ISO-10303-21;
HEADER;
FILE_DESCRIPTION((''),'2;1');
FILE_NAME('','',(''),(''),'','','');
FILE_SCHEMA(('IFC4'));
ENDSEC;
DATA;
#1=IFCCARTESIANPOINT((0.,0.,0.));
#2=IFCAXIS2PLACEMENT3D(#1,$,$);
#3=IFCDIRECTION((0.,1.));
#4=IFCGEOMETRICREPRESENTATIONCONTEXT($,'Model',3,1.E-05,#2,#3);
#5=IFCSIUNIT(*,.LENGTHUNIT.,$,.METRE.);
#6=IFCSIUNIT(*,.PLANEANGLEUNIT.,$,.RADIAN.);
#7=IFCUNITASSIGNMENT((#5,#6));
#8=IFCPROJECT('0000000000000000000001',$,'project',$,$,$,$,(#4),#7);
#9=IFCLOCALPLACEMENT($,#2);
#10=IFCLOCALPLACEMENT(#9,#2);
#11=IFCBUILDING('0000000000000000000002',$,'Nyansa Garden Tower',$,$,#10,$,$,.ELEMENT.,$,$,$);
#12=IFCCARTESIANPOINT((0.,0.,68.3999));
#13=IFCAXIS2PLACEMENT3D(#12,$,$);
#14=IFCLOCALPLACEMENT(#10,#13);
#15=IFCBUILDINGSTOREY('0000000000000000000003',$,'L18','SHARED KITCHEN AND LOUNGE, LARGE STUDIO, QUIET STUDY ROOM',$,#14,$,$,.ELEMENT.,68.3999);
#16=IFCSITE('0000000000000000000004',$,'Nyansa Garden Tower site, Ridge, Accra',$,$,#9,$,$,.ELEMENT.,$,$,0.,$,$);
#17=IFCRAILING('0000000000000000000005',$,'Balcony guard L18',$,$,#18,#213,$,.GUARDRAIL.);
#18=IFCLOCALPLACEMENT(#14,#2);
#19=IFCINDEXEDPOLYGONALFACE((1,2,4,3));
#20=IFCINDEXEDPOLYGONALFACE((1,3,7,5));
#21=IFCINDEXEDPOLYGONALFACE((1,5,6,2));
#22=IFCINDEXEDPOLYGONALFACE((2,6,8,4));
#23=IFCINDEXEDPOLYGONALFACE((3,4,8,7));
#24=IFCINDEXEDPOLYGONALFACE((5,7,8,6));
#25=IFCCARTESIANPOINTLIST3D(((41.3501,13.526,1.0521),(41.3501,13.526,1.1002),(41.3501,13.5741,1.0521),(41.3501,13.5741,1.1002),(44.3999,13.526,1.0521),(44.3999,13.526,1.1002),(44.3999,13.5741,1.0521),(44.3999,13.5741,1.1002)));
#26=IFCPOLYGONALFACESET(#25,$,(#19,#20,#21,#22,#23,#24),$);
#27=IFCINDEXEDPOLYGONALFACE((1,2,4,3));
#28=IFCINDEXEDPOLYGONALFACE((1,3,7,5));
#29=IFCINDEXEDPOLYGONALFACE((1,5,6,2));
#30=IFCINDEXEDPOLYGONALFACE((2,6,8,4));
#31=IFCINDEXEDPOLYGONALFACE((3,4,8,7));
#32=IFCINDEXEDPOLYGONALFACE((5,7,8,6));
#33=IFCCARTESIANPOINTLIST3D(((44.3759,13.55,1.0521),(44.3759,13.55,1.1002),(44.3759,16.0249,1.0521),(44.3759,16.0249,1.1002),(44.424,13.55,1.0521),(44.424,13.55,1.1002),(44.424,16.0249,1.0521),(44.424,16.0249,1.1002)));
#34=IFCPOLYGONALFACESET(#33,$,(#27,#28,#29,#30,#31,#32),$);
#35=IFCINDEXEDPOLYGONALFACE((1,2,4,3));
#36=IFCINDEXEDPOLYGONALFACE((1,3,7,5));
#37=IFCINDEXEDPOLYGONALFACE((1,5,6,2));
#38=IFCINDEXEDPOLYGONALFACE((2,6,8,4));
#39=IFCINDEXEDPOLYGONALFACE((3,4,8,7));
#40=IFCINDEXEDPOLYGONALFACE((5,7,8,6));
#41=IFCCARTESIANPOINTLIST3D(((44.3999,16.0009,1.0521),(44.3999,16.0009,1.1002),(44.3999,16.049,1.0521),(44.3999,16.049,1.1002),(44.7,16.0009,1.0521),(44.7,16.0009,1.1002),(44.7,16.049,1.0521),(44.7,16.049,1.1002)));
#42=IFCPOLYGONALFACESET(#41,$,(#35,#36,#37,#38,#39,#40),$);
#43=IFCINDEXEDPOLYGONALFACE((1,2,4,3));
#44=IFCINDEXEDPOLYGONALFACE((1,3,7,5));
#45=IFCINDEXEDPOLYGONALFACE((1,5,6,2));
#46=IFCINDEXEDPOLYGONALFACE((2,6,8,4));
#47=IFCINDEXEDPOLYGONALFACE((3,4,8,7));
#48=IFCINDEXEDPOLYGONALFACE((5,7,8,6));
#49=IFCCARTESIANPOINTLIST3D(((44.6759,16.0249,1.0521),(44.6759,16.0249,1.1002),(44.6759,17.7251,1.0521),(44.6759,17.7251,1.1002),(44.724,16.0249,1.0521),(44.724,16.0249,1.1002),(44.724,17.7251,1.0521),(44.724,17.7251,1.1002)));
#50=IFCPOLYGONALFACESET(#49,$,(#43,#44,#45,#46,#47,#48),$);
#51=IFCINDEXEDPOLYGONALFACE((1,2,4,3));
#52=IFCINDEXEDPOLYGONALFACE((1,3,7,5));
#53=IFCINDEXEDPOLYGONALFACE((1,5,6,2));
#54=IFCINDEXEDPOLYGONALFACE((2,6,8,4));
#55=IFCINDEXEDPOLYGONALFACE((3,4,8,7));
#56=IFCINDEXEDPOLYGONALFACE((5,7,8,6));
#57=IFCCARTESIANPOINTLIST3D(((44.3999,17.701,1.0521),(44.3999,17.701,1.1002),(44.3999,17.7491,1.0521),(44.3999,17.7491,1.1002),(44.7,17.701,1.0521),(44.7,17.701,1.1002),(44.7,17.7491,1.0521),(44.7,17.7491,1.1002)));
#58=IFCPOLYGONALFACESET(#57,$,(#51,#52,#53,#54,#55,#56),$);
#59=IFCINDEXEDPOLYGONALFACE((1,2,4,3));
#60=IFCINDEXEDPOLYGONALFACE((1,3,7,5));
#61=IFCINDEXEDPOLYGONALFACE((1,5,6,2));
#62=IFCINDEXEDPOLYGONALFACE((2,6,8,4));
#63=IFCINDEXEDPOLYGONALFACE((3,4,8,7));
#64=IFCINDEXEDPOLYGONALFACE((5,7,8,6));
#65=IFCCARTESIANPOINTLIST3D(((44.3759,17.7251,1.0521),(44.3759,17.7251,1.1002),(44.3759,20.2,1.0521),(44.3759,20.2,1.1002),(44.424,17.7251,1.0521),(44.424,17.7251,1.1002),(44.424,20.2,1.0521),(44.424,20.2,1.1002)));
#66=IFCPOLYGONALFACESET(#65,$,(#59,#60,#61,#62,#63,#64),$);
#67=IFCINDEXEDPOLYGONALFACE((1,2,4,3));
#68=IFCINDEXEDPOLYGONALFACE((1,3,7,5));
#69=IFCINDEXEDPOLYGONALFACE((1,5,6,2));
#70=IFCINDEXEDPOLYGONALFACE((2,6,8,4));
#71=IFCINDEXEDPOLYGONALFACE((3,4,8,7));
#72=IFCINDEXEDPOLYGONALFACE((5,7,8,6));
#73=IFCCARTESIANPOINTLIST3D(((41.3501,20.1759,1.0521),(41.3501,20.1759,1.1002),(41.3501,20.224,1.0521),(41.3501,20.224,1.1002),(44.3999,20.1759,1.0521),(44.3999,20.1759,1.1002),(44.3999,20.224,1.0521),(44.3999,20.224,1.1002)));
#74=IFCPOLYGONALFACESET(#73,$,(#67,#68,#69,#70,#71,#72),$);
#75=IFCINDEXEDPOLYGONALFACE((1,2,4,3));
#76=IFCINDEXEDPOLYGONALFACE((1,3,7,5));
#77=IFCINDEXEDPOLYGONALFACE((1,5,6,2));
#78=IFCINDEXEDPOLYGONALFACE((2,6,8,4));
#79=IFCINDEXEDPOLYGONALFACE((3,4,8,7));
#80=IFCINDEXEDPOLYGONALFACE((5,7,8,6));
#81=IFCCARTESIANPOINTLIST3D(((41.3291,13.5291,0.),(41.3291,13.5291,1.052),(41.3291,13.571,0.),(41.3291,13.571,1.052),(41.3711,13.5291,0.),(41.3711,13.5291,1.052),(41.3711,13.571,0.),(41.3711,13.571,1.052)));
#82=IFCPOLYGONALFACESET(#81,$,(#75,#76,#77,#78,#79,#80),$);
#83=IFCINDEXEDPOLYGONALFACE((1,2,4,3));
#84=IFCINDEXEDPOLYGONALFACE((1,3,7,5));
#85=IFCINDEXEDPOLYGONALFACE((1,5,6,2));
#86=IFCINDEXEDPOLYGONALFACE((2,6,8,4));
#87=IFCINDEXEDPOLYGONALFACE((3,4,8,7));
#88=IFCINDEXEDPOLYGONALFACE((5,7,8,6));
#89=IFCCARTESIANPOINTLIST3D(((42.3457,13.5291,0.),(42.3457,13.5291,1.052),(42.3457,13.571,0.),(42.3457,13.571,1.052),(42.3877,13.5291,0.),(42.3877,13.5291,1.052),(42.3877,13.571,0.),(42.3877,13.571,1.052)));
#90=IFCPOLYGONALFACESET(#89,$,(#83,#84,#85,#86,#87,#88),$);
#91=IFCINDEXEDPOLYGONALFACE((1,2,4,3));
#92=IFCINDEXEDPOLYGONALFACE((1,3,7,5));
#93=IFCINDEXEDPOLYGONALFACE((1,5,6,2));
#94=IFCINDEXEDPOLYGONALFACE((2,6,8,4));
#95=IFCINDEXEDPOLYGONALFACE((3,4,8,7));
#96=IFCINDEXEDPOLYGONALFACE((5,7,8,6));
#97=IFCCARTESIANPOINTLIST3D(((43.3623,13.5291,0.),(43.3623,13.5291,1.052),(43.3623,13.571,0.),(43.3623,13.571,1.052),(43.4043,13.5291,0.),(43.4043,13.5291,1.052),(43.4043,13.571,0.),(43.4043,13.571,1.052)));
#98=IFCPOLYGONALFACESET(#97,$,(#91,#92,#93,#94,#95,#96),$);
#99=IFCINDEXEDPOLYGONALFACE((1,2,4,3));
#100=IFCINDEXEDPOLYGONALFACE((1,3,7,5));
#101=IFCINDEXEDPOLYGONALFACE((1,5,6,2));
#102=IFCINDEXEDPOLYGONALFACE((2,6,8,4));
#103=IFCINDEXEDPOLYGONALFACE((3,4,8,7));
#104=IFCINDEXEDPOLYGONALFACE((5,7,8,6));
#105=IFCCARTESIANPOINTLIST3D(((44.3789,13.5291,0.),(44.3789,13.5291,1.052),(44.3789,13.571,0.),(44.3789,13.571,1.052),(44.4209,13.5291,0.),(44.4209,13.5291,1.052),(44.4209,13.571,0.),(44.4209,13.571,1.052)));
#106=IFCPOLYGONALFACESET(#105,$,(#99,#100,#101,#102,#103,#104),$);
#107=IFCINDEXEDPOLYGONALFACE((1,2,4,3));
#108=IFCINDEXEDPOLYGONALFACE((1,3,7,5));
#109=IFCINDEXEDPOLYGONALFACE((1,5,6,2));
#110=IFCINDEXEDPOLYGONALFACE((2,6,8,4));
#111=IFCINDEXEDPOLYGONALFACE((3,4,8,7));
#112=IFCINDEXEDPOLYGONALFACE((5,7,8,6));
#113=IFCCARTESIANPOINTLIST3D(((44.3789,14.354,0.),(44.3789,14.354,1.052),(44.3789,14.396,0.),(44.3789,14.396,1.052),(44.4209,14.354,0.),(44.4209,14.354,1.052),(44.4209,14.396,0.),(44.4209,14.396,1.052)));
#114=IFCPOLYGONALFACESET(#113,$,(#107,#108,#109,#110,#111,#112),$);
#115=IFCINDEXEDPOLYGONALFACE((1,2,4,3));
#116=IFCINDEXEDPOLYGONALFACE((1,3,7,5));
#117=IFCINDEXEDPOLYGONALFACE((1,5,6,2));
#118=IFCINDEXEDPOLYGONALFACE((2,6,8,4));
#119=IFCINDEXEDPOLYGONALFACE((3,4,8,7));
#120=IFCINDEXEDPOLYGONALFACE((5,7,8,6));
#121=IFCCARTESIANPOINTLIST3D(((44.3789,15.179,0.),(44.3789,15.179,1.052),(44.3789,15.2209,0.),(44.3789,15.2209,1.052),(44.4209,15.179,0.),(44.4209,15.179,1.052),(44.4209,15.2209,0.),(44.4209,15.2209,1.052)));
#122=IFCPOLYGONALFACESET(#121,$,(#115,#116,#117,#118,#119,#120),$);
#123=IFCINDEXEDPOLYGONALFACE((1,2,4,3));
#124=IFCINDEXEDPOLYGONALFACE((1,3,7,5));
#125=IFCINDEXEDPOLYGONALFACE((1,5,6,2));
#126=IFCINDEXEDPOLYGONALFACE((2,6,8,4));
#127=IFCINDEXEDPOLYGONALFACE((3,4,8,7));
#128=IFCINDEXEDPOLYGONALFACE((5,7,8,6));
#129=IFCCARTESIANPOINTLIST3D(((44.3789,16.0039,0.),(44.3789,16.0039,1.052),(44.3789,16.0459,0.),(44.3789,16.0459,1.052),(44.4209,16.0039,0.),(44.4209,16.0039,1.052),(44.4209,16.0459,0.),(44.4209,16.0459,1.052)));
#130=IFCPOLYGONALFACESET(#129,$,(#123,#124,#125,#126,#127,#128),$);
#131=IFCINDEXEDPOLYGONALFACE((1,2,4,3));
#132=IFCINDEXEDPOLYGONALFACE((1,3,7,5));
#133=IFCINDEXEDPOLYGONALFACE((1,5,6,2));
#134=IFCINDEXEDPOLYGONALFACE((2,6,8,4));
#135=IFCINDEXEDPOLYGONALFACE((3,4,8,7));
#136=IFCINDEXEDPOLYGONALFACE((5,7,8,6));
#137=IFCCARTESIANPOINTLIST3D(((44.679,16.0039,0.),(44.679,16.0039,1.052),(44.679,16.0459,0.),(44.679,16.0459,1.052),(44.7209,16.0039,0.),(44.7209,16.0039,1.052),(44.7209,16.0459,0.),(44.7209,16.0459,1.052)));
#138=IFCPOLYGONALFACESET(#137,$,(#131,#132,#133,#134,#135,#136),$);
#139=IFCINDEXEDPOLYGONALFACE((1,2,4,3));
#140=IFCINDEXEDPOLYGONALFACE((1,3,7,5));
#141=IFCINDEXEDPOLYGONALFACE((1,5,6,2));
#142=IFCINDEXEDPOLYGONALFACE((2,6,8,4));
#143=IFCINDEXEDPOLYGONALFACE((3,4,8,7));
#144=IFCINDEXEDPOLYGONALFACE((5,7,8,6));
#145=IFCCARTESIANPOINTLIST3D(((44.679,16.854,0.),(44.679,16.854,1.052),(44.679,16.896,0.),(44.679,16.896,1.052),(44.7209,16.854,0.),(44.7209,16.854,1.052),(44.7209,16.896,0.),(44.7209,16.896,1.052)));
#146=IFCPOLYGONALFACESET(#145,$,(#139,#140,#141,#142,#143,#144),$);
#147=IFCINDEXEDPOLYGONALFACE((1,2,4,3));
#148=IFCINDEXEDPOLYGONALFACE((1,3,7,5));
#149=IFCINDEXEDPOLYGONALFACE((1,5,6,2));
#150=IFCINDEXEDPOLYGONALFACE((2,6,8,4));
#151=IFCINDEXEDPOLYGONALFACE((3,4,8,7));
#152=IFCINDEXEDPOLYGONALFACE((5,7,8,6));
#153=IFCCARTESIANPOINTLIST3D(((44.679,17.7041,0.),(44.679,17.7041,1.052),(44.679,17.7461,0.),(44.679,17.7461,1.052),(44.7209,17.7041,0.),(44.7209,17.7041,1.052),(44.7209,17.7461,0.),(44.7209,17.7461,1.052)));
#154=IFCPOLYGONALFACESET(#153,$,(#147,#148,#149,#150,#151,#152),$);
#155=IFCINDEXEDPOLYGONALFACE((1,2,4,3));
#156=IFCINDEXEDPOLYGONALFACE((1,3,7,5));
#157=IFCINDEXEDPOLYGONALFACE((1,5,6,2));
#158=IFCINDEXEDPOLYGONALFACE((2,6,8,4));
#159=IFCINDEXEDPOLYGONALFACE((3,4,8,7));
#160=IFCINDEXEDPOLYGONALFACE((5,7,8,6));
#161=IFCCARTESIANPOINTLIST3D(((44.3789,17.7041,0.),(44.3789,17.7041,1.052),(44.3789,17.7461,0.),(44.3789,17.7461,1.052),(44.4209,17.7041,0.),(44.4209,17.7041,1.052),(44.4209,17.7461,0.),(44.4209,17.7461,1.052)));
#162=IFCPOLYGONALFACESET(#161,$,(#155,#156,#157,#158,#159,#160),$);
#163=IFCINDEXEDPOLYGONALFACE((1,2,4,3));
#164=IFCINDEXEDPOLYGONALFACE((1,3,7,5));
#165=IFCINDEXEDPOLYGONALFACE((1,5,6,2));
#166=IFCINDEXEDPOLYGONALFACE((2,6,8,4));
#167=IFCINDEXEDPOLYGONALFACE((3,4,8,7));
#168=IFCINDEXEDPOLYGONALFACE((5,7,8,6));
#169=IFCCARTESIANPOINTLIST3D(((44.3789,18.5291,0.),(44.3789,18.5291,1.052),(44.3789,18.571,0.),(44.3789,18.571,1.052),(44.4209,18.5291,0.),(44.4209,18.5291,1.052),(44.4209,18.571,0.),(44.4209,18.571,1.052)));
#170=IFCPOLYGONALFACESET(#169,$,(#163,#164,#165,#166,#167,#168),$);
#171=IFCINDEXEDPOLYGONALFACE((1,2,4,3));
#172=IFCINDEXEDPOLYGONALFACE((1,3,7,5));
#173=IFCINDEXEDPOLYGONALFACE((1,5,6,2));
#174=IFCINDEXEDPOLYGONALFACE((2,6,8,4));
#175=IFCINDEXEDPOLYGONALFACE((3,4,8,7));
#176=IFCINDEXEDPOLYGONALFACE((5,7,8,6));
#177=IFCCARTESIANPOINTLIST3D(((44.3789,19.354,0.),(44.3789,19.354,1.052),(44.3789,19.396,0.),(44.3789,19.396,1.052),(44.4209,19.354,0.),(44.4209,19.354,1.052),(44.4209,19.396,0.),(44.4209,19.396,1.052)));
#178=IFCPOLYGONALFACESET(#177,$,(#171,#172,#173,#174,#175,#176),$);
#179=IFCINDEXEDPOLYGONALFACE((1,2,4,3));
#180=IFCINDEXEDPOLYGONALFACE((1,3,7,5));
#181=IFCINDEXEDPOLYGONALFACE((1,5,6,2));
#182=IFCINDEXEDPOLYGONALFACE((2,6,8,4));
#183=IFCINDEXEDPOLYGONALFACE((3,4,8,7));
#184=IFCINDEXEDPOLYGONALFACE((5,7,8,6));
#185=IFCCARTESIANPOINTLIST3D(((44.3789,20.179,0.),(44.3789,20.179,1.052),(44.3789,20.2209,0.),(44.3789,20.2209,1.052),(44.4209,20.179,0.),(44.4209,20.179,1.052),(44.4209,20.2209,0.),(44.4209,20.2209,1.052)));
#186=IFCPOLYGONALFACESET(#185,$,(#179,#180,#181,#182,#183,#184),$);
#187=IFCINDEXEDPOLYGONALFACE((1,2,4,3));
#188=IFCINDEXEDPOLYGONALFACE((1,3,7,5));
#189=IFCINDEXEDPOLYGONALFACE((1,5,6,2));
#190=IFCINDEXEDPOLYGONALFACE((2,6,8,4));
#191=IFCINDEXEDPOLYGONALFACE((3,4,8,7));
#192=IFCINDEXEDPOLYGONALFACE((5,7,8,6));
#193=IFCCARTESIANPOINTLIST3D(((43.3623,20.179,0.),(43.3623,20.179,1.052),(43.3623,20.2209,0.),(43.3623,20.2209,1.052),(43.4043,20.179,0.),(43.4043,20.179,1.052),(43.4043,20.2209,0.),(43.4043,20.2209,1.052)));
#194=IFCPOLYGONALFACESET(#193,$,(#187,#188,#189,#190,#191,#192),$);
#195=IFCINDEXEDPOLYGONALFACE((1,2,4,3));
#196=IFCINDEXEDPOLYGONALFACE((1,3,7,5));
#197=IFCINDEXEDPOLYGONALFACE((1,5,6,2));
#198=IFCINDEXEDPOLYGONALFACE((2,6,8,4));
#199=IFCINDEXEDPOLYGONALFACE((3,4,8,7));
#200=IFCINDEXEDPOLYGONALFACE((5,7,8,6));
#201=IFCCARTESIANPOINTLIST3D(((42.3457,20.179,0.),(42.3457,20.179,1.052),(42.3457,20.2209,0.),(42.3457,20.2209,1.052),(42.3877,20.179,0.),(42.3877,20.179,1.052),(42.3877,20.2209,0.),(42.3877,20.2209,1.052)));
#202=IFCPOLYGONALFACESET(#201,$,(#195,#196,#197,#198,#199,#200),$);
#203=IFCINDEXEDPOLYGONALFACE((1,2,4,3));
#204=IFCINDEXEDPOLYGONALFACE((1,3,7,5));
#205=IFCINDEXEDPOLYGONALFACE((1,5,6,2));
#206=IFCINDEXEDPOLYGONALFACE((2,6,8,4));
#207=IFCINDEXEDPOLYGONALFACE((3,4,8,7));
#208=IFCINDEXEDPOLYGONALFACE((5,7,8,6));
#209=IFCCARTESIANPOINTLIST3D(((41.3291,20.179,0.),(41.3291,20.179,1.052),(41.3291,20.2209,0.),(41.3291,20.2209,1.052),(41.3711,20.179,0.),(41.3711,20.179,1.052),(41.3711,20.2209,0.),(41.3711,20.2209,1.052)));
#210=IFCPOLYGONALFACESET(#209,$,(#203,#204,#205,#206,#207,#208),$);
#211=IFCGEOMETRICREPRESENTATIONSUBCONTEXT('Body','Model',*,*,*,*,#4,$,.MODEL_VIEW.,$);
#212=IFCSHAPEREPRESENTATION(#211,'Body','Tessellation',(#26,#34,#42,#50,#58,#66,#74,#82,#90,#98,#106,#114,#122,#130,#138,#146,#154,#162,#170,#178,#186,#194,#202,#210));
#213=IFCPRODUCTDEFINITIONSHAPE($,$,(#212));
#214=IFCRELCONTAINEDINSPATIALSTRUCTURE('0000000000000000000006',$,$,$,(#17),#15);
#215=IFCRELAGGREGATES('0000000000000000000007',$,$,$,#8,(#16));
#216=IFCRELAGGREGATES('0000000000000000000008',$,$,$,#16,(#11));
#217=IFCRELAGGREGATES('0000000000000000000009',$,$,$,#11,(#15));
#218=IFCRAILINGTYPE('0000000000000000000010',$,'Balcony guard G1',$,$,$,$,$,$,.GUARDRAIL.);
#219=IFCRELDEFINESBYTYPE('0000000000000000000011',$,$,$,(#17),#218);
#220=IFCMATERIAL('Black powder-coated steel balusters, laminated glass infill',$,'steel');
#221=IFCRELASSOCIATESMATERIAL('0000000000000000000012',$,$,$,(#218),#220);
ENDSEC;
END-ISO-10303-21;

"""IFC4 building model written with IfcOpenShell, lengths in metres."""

from ifc_helpers import new_model, si_unit, direction, frame, origin, origin_2d, place, context, subcontext, project, spatial, rectangle, extrude, material, type_object, element, save


model = new_model("IFC4")

# Units and contexts
model_context = context("Model", 3, precision=1e-05, world=origin(), true_north=direction((0.0, 1.0)))
body_context = subcontext(model_context, "Body", "Model", "MODEL_VIEW")
ifc_project = project(units=[si_unit("LENGTHUNIT", "METRE"), si_unit("PLANEANGLEUNIT", "RADIAN")], contexts=[model_context])

# Site, building, storey
site_placement = place(None, origin())
site = spatial("IfcSite", under=ifc_project, at=site_placement, Name="Nyansa Garden Tower site, Ridge, Accra", CompositionType="ELEMENT", RefElevation=0.0)
building_placement = place(site_placement, origin())
building = spatial("IfcBuilding", under=site, at=building_placement, Name="Nyansa Garden Tower", CompositionType="ELEMENT")
storey_placement = place(building_placement, frame((0.0, 0.0, 68.3999)))
storey = spatial("IfcBuildingStorey", under=building, at=storey_placement, Name="L18", Description="SHARED KITCHEN AND LOUNGE, LARGE STUDIO, QUIET STUDY ROOM", CompositionType="ELEMENT", Elevation=68.3999)

# Railing
ifc_material_1 = material(Name="Black powder-coated steel balusters, laminated glass infill", Category="steel")
railing_type = type_object("IfcRailingType", Name="Balcony guard G1", PredefinedType="GUARDRAIL", material=ifc_material_1)
railing_placement = place(storey_placement, frame((41.3501, 13.55, 0.0)))
element("IfcRailing", 1, at=railing_placement, inside=storey, type_object=railing_type, Name="Balcony guard L18", PredefinedType="GUARDRAIL", context=body_context, shape_type="SweptSolid", body=[
    extrude(rectangle(XDim=0.0481, YDim=0.0481, at=origin_2d()), frame((0.0, 0.0, 1.0762), z_axis=(1.0, 0.0, 0.0), x_axis=(0.0, 1.0, 0.0)), (0.0, 0.0, 1.0), 3.0498),
    extrude(rectangle(XDim=0.0481, YDim=0.0481, at=origin_2d()), frame((3.0498, 0.0, 1.0762), z_axis=(0.0, 1.0, 0.0), x_axis=(-1.0, 0.0, 0.0)), (0.0, 0.0, 1.0), 2.4749),
    extrude(rectangle(XDim=0.0481, YDim=0.0481, at=origin_2d()), frame((3.0498, 2.4749, 1.0762), z_axis=(1.0, 0.0, 0.0), x_axis=(0.0, 1.0, 0.0)), (0.0, 0.0, 1.0), 0.3),
    extrude(rectangle(XDim=0.0481, YDim=0.0481, at=origin_2d()), frame((3.3499, 2.4749, 1.0762), z_axis=(0.0, 1.0, 0.0), x_axis=(-1.0, 0.0, 0.0)), (0.0, 0.0, 1.0), 1.7002),
    extrude(rectangle(XDim=0.0481, YDim=0.0481, at=origin_2d()), frame((3.3499, 4.175, 1.0762), z_axis=(-1.0, 0.0, 0.0), x_axis=(0.0, -1.0, 0.0)), (0.0, 0.0, 1.0), 0.3),
    extrude(rectangle(XDim=0.0481, YDim=0.0481, at=origin_2d()), frame((3.0498, 4.175, 1.0762), z_axis=(0.0, 1.0, 0.0), x_axis=(-1.0, 0.0, 0.0)), (0.0, 0.0, 1.0), 2.4749),
    extrude(rectangle(XDim=0.0481, YDim=0.0481, at=origin_2d()), frame((3.0498, 6.6499, 1.0762), z_axis=(-1.0, 0.0, 0.0), x_axis=(0.0, -1.0, 0.0)), (0.0, 0.0, 1.0), 3.0498),
    extrude(rectangle(XDim=0.042, YDim=0.042, at=origin_2d()), origin(), (0.0, 0.0, 1.0), 1.052),
    extrude(rectangle(XDim=0.042, YDim=0.042, at=origin_2d()), frame((1.0166, 0.0, 0.0)), (0.0, 0.0, 1.0), 1.052),
    extrude(rectangle(XDim=0.042, YDim=0.042, at=origin_2d()), frame((2.0332, 0.0, 0.0)), (0.0, 0.0, 1.0), 1.052),
    extrude(rectangle(XDim=0.042, YDim=0.042, at=origin_2d()), frame((3.0498, 0.0, 0.0)), (0.0, 0.0, 1.0), 1.052),
    extrude(rectangle(XDim=0.042, YDim=0.042, at=origin_2d()), frame((3.0498, 0.825, 0.0)), (0.0, 0.0, 1.0), 1.052),
    extrude(rectangle(XDim=0.042, YDim=0.042, at=origin_2d()), frame((3.0498, 1.6499, 0.0)), (0.0, 0.0, 1.0), 1.052),
    extrude(rectangle(XDim=0.042, YDim=0.042, at=origin_2d()), frame((3.0498, 2.4749, 0.0)), (0.0, 0.0, 1.0), 1.052),
    extrude(rectangle(XDim=0.042, YDim=0.042, at=origin_2d()), frame((3.3499, 2.4749, 0.0)), (0.0, 0.0, 1.0), 1.052),
    extrude(rectangle(XDim=0.042, YDim=0.042, at=origin_2d()), frame((3.3499, 3.325, 0.0)), (0.0, 0.0, 1.0), 1.052),
    extrude(rectangle(XDim=0.042, YDim=0.042, at=origin_2d()), frame((3.3499, 4.175, 0.0)), (0.0, 0.0, 1.0), 1.052),
    extrude(rectangle(XDim=0.042, YDim=0.042, at=origin_2d()), frame((3.0498, 4.175, 0.0)), (0.0, 0.0, 1.0), 1.052),
    extrude(rectangle(XDim=0.042, YDim=0.042, at=origin_2d()), frame((3.0498, 5.0, 0.0)), (0.0, 0.0, 1.0), 1.052),
    extrude(rectangle(XDim=0.042, YDim=0.042, at=origin_2d()), frame((3.0498, 5.825, 0.0)), (0.0, 0.0, 1.0), 1.052),
    extrude(rectangle(XDim=0.042, YDim=0.042, at=origin_2d()), frame((3.0498, 6.6499, 0.0)), (0.0, 0.0, 1.0), 1.052),
    extrude(rectangle(XDim=0.042, YDim=0.042, at=origin_2d()), frame((2.0332, 6.6499, 0.0)), (0.0, 0.0, 1.0), 1.052),
    extrude(rectangle(XDim=0.042, YDim=0.042, at=origin_2d()), frame((1.0166, 6.6499, 0.0)), (0.0, 0.0, 1.0), 1.052),
    extrude(rectangle(XDim=0.042, YDim=0.042, at=origin_2d()), frame((0.0, 6.6499, 0.0)), (0.0, 0.0, 1.0), 1.052),
])

save(model, "model.ifc")
